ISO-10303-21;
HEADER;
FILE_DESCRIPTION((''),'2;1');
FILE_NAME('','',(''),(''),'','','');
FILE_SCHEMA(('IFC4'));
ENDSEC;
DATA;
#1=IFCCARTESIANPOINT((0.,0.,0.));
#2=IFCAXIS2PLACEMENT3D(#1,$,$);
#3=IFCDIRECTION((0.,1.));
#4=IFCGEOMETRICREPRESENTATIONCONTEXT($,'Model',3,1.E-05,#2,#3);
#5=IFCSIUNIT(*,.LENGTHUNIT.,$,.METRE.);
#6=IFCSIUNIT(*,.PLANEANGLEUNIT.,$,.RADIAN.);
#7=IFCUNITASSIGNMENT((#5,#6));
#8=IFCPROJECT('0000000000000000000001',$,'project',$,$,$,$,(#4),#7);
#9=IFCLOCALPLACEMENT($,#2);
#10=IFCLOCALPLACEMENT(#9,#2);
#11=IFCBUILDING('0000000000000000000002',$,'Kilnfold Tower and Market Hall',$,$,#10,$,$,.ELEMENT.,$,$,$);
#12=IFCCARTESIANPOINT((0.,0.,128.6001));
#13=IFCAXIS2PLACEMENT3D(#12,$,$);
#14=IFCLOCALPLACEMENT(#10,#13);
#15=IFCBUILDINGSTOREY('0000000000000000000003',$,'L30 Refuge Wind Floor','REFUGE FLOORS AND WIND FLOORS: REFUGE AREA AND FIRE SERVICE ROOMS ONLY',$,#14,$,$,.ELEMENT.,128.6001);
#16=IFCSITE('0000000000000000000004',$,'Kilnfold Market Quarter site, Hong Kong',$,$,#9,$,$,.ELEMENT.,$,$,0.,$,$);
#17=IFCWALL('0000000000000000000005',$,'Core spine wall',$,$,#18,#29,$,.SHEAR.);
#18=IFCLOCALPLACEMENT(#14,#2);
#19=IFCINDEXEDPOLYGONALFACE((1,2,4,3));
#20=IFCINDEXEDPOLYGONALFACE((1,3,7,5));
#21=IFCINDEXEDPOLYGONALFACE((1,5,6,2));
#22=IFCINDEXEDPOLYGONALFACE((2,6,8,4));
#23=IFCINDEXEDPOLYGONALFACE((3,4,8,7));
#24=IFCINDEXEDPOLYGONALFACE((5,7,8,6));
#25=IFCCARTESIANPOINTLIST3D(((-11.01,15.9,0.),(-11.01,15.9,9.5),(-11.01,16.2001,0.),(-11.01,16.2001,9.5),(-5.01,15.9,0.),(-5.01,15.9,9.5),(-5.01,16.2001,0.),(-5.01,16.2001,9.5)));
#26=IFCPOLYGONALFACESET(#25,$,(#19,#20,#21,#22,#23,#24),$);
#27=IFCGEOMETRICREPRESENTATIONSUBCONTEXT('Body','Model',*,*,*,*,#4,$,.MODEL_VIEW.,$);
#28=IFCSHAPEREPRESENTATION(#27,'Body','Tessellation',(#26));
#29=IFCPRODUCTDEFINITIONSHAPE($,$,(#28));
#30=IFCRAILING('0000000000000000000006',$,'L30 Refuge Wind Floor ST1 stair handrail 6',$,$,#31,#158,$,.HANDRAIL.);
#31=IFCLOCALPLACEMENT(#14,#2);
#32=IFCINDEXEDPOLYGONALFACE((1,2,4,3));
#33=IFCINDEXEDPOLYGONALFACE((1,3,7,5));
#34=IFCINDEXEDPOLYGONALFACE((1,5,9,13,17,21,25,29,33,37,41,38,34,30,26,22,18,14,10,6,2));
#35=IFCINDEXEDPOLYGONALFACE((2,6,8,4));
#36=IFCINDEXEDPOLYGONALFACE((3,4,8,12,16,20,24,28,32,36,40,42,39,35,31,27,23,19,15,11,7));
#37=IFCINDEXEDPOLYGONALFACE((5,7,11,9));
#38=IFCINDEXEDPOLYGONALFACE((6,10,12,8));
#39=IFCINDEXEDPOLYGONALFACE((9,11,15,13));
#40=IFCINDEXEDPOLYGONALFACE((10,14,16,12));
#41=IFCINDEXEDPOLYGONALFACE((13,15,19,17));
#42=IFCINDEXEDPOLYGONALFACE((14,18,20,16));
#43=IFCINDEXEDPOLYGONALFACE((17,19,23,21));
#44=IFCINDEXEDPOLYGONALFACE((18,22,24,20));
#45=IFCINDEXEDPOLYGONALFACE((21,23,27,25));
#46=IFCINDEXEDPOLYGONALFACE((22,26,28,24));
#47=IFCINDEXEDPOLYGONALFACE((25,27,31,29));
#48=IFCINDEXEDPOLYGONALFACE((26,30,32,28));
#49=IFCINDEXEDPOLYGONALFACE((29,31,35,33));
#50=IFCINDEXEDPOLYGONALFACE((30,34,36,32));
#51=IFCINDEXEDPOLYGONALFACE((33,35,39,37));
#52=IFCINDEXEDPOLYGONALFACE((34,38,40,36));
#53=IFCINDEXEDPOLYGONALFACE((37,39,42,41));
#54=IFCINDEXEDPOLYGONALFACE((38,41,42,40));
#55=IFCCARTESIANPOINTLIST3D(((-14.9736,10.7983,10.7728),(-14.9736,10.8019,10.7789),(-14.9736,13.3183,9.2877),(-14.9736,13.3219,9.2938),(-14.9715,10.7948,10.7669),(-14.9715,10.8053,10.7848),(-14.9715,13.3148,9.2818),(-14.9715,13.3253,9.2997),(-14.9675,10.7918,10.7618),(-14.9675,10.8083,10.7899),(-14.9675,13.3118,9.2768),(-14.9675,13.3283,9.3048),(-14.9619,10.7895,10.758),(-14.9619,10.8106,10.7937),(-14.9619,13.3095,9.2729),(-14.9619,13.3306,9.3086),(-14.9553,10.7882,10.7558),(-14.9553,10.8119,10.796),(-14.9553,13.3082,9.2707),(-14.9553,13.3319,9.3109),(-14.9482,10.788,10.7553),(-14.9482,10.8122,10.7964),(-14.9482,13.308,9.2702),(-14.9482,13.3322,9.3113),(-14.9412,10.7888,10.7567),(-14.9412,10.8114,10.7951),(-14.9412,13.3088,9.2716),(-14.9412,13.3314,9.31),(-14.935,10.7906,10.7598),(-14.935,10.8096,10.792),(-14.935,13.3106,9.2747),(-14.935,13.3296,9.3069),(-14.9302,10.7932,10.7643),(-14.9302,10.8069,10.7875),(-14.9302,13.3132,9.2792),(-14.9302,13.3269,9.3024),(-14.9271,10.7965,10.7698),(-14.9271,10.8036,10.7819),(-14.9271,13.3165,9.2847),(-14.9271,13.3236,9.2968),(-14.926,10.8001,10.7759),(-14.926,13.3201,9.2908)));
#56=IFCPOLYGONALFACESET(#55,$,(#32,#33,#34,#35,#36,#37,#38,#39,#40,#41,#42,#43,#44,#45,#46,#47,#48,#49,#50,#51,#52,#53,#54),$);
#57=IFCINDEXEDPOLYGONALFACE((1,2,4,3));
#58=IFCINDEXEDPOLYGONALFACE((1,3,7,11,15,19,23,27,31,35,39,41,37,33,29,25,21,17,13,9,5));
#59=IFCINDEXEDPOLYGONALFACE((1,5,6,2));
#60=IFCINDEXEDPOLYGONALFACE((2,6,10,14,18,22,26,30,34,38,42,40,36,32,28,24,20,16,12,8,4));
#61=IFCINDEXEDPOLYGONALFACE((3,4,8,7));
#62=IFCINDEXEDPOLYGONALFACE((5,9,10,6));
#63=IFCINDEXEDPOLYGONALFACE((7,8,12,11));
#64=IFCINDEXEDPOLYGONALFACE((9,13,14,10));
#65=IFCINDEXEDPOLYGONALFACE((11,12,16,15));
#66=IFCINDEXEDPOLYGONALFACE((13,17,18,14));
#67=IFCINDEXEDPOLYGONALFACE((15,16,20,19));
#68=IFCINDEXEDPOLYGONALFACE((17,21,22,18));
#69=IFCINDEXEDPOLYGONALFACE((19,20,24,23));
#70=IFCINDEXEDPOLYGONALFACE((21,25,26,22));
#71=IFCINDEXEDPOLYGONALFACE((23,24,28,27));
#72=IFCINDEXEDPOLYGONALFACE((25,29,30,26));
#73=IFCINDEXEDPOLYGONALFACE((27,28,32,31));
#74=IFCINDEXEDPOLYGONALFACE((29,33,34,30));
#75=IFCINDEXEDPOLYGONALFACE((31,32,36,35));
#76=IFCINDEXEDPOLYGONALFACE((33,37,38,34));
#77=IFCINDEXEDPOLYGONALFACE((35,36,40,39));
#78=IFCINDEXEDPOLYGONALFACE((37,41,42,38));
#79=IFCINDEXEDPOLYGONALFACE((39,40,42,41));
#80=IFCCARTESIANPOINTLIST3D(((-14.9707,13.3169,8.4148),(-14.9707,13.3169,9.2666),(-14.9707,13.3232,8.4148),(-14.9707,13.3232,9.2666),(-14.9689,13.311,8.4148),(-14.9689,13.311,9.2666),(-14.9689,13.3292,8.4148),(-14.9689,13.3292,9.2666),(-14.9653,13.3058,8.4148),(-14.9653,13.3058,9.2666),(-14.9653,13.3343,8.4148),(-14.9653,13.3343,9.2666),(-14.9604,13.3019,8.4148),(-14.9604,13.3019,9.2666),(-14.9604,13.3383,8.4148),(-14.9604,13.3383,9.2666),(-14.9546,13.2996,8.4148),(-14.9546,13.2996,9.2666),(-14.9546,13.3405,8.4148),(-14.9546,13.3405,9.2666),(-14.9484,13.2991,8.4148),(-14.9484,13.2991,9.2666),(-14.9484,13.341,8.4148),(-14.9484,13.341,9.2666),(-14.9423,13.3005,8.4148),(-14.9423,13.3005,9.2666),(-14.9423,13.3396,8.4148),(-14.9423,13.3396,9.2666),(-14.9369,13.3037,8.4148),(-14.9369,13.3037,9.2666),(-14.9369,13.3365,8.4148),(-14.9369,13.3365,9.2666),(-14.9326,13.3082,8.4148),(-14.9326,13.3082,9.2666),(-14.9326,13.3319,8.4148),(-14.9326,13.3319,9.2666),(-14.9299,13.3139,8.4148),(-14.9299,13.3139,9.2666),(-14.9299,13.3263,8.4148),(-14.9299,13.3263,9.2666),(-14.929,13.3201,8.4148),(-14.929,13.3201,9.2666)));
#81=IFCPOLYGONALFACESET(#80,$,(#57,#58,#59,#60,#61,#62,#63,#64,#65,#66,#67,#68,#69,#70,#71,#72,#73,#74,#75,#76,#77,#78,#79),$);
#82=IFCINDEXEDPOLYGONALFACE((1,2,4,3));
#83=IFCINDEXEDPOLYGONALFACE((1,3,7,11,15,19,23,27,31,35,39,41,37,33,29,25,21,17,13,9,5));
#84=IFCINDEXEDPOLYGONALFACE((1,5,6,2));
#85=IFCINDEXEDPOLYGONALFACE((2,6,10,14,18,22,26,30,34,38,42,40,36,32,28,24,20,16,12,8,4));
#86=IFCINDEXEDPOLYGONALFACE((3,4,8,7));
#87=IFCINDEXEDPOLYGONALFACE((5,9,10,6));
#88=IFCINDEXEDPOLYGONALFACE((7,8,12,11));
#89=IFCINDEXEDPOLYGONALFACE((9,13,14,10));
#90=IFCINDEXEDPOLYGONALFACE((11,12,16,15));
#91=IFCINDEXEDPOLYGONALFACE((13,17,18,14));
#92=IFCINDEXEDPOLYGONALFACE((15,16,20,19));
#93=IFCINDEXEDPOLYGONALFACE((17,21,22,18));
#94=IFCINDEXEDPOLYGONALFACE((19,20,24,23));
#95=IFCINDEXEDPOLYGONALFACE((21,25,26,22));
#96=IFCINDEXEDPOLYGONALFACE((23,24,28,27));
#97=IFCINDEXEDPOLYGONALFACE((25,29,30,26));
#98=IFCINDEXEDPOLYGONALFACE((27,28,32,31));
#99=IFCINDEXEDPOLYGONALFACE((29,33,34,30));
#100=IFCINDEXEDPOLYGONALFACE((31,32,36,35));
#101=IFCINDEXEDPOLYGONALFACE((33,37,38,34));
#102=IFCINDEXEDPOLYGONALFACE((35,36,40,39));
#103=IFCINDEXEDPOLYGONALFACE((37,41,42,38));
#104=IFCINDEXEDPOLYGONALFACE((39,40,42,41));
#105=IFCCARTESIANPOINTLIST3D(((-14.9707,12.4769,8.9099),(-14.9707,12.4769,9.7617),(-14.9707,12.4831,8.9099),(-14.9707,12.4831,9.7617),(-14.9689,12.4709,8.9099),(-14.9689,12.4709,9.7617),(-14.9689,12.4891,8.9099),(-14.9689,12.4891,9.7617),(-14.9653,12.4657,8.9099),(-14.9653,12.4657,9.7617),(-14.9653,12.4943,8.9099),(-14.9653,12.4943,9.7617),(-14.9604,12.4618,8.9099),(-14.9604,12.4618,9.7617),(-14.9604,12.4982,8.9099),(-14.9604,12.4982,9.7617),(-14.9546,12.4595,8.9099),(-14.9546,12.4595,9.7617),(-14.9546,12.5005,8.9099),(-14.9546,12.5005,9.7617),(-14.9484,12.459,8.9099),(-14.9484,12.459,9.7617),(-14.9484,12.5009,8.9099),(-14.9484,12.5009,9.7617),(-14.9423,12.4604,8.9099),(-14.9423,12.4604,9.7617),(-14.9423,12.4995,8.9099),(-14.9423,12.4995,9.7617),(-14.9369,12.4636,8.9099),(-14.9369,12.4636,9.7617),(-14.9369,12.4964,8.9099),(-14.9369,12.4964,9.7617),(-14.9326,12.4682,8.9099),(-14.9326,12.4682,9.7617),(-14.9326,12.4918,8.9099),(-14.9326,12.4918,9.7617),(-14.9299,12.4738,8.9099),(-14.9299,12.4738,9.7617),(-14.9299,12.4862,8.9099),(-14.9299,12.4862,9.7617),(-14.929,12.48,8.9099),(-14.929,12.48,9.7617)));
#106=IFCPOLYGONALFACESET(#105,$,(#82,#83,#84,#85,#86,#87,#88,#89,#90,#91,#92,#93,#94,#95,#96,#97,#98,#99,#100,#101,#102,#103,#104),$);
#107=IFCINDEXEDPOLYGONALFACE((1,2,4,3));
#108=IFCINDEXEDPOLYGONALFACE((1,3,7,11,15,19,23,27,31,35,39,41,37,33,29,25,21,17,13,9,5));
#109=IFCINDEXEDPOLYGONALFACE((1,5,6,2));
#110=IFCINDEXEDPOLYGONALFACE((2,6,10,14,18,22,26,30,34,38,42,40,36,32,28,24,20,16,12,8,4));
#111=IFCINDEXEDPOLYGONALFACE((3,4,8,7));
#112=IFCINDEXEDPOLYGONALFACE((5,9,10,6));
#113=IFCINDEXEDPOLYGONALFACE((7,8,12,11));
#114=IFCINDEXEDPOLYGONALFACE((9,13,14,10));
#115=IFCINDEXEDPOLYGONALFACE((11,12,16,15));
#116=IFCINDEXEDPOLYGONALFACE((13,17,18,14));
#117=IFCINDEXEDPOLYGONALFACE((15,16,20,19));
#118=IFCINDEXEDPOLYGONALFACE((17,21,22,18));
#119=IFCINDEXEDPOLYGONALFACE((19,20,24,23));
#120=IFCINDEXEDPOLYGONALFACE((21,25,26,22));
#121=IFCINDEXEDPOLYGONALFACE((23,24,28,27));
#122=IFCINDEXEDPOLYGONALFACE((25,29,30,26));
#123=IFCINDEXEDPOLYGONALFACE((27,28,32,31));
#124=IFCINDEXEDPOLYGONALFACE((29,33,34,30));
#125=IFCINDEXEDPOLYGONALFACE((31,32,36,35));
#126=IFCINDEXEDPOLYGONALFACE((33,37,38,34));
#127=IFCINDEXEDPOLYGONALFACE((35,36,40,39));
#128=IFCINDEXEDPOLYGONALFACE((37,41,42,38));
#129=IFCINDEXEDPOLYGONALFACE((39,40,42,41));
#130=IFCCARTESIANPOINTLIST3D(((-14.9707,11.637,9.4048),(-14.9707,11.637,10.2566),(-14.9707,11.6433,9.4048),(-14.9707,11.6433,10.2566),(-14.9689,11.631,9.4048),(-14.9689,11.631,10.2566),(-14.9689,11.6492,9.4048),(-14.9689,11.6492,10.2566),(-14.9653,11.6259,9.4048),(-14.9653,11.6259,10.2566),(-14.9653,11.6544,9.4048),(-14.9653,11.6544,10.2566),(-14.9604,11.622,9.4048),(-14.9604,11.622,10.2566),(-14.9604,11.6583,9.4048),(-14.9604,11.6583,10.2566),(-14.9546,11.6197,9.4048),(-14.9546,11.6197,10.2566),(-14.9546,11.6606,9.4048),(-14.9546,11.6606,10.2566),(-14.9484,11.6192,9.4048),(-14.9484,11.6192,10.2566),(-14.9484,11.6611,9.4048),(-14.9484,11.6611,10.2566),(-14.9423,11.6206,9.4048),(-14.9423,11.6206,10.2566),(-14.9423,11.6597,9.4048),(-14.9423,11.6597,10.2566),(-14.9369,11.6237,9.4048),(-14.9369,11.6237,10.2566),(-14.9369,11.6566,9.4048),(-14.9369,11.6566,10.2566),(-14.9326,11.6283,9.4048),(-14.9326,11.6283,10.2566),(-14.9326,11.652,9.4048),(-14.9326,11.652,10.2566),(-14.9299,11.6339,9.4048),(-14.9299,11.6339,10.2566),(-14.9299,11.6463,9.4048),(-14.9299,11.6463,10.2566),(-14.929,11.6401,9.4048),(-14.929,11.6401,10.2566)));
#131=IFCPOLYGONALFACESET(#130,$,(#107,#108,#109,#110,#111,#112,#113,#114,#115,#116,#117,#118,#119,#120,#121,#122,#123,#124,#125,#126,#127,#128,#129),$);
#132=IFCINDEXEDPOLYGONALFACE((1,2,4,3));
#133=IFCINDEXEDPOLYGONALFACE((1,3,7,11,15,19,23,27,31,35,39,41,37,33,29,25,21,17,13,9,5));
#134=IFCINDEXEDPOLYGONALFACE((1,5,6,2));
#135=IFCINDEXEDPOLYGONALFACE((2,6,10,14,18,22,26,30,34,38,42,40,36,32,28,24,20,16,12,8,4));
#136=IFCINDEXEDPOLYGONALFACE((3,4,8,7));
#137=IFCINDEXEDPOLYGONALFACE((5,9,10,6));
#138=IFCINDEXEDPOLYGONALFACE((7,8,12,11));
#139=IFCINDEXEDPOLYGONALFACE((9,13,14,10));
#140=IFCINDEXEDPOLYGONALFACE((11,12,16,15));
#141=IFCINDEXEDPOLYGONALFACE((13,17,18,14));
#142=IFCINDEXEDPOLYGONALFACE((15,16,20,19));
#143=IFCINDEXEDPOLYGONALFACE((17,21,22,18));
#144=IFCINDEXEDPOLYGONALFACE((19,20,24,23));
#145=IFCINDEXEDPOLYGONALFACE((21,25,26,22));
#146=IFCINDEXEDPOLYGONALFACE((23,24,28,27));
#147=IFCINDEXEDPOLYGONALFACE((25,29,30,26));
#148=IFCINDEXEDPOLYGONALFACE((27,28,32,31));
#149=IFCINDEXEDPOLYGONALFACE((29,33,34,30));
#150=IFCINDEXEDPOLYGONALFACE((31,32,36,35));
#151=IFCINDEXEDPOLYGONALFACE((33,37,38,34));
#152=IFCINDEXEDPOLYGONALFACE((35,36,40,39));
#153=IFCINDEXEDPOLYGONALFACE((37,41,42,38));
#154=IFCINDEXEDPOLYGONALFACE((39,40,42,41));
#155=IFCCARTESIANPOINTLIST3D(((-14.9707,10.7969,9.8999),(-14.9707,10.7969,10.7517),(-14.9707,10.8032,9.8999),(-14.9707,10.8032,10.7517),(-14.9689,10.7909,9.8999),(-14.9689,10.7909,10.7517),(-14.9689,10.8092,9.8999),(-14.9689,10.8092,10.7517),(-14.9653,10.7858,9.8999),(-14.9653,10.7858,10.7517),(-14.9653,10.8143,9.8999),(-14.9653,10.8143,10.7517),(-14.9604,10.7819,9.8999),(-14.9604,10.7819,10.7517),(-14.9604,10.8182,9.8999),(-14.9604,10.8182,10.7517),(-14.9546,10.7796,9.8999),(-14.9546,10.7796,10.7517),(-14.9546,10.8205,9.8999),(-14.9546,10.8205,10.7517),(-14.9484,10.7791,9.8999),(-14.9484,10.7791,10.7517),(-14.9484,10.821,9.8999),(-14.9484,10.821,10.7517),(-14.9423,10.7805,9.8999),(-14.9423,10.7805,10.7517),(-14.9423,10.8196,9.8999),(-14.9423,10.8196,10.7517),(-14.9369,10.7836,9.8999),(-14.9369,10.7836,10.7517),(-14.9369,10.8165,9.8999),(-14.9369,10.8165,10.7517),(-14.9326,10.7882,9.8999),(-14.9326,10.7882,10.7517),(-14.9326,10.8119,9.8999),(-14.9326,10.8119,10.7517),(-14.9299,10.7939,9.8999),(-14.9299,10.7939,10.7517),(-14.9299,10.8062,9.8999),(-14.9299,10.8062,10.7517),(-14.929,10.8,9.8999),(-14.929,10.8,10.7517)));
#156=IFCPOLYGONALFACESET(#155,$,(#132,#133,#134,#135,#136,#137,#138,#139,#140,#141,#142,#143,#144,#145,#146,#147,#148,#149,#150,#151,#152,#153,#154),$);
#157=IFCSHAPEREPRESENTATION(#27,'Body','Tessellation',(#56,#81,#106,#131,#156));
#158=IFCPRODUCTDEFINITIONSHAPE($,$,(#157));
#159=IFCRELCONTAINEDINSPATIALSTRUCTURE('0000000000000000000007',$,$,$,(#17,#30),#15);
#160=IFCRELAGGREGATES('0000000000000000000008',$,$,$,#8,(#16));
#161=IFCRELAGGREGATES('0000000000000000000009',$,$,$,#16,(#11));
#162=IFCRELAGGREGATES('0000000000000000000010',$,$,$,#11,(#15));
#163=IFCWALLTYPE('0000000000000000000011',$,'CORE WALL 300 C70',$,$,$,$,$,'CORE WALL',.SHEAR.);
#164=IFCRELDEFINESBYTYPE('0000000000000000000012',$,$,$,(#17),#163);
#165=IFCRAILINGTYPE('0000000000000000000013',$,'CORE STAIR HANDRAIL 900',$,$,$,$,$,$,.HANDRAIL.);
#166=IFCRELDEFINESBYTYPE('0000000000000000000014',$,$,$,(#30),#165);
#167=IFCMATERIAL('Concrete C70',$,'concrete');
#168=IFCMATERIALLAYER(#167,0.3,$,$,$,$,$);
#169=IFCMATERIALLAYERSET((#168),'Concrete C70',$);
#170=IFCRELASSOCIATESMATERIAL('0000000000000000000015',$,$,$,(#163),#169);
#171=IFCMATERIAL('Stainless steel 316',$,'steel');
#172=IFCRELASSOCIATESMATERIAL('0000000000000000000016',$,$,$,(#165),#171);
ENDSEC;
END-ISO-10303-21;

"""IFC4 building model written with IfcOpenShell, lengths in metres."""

from ifc_helpers import new_model, si_unit, direction, frame, frame_2d, origin, origin_2d, place, context, subcontext, project, spatial, rectangle, circle, extrude, source, transform, mapped, material, layer, layer_set, type_object, element, save


model = new_model("IFC4")

# Units and contexts
model_context = context("Model", 3, precision=1e-05, world=origin(), true_north=direction((0.0, 1.0)))
body_context = subcontext(model_context, "Body", "Model", "MODEL_VIEW")
ifc_project = project(units=[si_unit("LENGTHUNIT", "METRE"), si_unit("PLANEANGLEUNIT", "RADIAN")], contexts=[model_context])

# Site, building, storey
site_placement = place(None, origin())
site = spatial("IfcSite", under=ifc_project, at=site_placement, Name="Kilnfold Market Quarter site, Hong Kong", CompositionType="ELEMENT", RefElevation=0.0)
building_placement = place(site_placement, origin())
building = spatial("IfcBuilding", under=site, at=building_placement, Name="Kilnfold Tower and Market Hall", CompositionType="ELEMENT")
storey_placement = place(building_placement, frame((0.0, 0.0, 128.6001)))
storey = spatial("IfcBuildingStorey", under=building, at=storey_placement, Name="L30 Refuge Wind Floor", Description="REFUGE FLOORS AND WIND FLOORS: REFUGE AREA AND FIRE SERVICE ROOMS ONLY", CompositionType="ELEMENT", Elevation=128.6001)

# Wall
ifc_material_1 = material(Name="Concrete C70", Category="concrete")
ifc_layer_1 = layer(ifc_material_1, 0.3)
ifc_layer_set_1 = layer_set([ifc_layer_1], Name="Concrete C70")
wall_type_1 = type_object("IfcWallType", Name="CORE WALL 300 C70", ElementType="CORE WALL", PredefinedType="SHEAR", material=ifc_layer_set_1)
shared_shape_1 = source(origin(), body_context, "Body", "SweptSolid", [
    extrude(rectangle(XDim=6.0, YDim=0.3, at=frame_2d((3.0, 0.0))), origin(), (0.0, 0.0, 1.0), 9.5),
])
wall_1_placement = place(storey_placement, frame((-11.01, 16.05, 0.0), z_axis=(0.0, 0.0, 1.0), x_axis=(1.0, 0.0, 0.0)))
element("IfcWall", 1, at=wall_1_placement, inside=storey, type_object=wall_type_1, Name="Core spine wall", PredefinedType="SHEAR", context=body_context, shape_type="MappedRepresentation", body=[
    mapped(shared_shape_1, transform((0.0, 0.0, 0.0))),
])

# Railing
ifc_material_2 = material(Name="Stainless steel 316", Category="steel")
railing_type_1 = type_object("IfcRailingType", Name="CORE STAIR HANDRAIL 900", PredefinedType="HANDRAIL", material=ifc_material_2)
railing_1_placement = place(storey_placement, frame((-14.95, 13.3201, 8.4148)))
element("IfcRailing", 2, at=railing_1_placement, inside=storey, type_object=railing_type_1, Name="L30 Refuge Wind Floor ST1 stair handrail 6", PredefinedType="HANDRAIL", context=body_context, shape_type="SweptSolid", body=[
    extrude(circle(Radius=0.0239, at=origin_2d()), frame((0.0, 0.0, 0.876), z_axis=(0.0, -0.861524, 0.507717), x_axis=(1.0, 0.0, 0.0)), (0.0, 0.0, 1.0), 2.925),
    extrude(circle(Radius=0.021, at=origin_2d()), origin(), (0.0, 0.0, 1.0), 0.8518),
    extrude(circle(Radius=0.021, at=origin_2d()), frame((0.0, -0.8401, 0.4951)), (0.0, 0.0, 1.0), 0.8518),
    extrude(circle(Radius=0.021, at=origin_2d()), frame((0.0, -1.6799, 0.99)), (0.0, 0.0, 1.0), 0.8518),
    extrude(circle(Radius=0.021, at=origin_2d()), frame((0.0, -2.52, 1.4851)), (0.0, 0.0, 1.0), 0.8518),
])

save(model, "model.ifc")
